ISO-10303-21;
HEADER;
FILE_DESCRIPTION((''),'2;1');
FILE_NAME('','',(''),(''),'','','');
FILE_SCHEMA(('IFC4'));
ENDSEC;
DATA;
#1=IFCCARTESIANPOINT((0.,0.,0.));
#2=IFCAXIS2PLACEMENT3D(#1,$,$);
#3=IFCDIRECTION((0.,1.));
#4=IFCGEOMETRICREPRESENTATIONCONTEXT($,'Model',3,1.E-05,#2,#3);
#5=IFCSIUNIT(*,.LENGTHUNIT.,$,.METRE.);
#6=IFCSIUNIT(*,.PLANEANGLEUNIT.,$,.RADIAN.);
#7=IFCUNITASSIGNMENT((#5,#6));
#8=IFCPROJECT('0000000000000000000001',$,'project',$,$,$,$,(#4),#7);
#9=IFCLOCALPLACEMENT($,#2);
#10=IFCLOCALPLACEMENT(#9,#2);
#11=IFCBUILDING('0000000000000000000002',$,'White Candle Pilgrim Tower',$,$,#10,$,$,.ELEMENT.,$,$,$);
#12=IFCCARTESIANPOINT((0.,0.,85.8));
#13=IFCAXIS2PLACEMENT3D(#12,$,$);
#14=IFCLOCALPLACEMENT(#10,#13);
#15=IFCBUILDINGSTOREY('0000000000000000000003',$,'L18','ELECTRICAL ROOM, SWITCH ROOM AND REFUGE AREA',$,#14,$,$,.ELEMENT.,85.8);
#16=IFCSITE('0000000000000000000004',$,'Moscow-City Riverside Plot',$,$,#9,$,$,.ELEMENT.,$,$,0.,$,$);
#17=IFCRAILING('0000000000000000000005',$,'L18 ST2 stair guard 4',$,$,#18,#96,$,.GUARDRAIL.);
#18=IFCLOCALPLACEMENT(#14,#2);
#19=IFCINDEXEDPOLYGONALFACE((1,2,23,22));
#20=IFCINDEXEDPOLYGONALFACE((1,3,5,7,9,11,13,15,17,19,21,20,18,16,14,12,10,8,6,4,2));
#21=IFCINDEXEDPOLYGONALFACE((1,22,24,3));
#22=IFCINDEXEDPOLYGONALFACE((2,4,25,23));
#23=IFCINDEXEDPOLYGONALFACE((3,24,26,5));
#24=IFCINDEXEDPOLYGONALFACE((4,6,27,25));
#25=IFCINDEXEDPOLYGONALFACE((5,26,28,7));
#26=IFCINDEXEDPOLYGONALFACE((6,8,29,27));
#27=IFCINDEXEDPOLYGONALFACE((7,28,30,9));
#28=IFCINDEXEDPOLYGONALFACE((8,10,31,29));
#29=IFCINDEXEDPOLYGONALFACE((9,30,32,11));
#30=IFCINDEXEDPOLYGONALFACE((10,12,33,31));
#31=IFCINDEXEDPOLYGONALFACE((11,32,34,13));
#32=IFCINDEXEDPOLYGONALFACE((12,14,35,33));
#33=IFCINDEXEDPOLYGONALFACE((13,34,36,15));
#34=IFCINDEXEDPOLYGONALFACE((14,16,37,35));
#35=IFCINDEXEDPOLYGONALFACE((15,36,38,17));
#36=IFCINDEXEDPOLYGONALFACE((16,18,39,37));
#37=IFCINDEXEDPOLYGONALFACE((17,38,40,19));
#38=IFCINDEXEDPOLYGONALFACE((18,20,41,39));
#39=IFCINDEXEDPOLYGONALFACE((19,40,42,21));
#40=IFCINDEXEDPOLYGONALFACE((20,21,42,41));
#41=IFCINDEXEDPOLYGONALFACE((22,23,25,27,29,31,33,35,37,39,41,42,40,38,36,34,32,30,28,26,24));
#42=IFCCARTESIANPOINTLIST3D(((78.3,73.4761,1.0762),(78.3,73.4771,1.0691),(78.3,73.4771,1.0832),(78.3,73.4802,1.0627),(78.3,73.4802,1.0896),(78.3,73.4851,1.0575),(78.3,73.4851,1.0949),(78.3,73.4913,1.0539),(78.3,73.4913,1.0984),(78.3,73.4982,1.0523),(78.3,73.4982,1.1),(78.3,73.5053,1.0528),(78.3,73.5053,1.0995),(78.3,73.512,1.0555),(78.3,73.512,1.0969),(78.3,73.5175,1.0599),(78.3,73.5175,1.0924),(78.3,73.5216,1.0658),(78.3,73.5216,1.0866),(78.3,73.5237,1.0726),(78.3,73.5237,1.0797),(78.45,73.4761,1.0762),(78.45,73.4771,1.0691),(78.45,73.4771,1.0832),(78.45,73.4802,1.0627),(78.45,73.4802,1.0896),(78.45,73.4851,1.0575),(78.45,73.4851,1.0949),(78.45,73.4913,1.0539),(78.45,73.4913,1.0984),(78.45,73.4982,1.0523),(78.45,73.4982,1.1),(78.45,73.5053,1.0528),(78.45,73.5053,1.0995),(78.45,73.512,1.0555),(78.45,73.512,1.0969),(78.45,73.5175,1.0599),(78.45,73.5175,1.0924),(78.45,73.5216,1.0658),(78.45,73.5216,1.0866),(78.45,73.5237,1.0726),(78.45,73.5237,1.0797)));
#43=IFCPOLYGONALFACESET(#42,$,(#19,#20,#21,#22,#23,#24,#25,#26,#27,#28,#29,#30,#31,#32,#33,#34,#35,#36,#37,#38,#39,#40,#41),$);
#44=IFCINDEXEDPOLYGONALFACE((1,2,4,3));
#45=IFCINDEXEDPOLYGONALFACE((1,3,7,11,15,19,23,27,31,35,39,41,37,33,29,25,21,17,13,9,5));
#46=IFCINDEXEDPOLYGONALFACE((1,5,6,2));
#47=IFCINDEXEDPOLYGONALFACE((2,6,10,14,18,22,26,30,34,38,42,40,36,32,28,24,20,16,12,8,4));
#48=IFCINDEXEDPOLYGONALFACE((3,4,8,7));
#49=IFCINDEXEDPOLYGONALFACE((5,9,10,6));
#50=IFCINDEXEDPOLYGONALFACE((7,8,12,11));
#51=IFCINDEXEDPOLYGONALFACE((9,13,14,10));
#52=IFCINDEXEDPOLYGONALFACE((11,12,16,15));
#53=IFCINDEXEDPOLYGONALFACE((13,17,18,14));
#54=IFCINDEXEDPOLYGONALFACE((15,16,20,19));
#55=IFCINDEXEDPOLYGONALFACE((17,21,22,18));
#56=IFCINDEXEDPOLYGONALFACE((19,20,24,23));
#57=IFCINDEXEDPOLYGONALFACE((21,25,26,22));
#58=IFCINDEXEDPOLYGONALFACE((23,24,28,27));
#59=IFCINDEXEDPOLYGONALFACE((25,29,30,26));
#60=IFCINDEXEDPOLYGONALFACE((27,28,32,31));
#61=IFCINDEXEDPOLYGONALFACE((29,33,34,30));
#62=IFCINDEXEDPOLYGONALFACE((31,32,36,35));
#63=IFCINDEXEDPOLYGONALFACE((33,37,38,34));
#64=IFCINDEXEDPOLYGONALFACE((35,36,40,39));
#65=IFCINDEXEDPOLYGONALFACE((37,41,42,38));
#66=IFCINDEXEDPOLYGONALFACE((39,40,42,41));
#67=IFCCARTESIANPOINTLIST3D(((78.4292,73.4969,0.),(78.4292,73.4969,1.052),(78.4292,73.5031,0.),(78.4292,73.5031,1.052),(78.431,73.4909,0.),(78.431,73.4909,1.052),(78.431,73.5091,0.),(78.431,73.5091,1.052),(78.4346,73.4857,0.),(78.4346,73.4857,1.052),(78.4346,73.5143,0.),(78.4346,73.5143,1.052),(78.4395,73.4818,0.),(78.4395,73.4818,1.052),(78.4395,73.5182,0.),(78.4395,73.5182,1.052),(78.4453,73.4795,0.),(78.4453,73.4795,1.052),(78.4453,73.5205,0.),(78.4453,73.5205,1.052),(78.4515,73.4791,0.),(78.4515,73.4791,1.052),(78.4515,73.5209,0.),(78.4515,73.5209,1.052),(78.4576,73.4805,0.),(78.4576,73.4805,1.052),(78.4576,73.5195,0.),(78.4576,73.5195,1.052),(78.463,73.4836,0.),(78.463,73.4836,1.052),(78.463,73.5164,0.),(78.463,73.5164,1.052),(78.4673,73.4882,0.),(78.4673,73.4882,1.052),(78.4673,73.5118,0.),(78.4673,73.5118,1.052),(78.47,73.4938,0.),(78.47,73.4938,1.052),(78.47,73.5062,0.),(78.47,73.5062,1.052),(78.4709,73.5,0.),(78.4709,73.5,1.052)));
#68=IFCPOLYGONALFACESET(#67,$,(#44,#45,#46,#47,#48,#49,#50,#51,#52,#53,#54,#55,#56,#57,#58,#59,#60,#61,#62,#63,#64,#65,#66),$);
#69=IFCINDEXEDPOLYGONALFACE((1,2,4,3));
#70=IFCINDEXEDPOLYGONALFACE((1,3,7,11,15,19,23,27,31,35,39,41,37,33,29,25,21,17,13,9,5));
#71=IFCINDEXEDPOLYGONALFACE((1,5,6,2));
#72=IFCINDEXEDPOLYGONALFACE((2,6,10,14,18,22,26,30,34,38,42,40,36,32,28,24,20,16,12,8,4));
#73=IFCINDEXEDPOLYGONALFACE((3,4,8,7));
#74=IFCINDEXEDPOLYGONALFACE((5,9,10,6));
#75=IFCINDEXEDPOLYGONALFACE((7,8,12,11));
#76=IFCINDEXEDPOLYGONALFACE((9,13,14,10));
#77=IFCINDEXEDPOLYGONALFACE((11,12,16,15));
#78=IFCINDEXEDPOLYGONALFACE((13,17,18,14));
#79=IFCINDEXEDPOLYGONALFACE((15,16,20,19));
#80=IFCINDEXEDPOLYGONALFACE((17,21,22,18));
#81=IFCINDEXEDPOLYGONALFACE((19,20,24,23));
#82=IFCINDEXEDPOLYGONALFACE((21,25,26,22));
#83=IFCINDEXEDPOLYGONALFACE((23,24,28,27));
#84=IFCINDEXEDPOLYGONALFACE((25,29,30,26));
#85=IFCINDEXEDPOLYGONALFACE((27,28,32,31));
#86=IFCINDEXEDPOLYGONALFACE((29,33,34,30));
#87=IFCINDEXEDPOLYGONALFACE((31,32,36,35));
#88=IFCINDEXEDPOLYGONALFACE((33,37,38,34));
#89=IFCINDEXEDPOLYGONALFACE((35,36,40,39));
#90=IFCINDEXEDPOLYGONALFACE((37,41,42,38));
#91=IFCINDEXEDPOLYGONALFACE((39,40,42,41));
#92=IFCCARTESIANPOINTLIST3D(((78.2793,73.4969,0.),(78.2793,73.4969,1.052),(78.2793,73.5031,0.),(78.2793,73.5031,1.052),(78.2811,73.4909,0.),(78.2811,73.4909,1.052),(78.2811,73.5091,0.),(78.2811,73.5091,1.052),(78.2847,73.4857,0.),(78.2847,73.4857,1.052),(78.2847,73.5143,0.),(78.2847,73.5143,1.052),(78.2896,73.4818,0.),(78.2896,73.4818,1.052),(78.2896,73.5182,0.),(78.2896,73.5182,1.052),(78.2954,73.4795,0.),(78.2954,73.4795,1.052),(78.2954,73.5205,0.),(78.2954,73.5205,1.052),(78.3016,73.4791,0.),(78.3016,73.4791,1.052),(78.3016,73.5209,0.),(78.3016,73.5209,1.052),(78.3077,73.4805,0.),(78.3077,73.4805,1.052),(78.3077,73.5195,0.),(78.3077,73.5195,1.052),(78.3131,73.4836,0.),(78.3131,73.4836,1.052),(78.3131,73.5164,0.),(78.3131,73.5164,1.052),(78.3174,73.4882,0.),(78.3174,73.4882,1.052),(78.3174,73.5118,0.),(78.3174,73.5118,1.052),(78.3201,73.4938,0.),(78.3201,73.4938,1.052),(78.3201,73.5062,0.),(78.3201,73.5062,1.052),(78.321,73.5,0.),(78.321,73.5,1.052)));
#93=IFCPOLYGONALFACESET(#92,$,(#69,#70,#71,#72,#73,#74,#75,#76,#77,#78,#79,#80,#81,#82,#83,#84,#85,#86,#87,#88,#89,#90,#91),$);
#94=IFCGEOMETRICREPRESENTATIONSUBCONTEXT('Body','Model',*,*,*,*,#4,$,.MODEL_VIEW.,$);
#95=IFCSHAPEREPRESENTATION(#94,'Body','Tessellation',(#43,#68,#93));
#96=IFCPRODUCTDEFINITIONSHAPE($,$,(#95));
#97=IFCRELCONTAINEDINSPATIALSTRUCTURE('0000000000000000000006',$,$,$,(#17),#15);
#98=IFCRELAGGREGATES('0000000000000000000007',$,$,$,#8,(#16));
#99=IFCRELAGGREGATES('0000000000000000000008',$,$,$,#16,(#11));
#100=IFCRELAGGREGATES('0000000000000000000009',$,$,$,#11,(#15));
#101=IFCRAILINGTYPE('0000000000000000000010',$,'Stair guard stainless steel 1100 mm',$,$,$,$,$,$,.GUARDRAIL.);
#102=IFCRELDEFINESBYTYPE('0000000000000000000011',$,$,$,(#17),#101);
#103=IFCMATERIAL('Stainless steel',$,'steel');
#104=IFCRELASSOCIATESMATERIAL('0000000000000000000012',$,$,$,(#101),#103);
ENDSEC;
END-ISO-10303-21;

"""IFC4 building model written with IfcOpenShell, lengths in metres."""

from ifc_helpers import new_model, si_unit, direction, frame, origin, origin_2d, place, context, subcontext, project, spatial, circle, extrude, material, type_object, element, save


model = new_model("IFC4")

# Units and contexts
model_context = context("Model", 3, precision=1e-05, world=origin(), true_north=direction((0.0, 1.0)))
body_context = subcontext(model_context, "Body", "Model", "MODEL_VIEW")
ifc_project = project(units=[si_unit("LENGTHUNIT", "METRE"), si_unit("PLANEANGLEUNIT", "RADIAN")], contexts=[model_context])

# Site, building, storey
site_placement = place(None, origin())
site = spatial("IfcSite", under=ifc_project, at=site_placement, Name="Moscow-City Riverside Plot", CompositionType="ELEMENT", RefElevation=0.0)
building_placement = place(site_placement, origin())
building = spatial("IfcBuilding", under=site, at=building_placement, Name="White Candle Pilgrim Tower", CompositionType="ELEMENT")
storey_placement = place(building_placement, frame((0.0, 0.0, 85.8)))
storey = spatial("IfcBuildingStorey", under=building, at=storey_placement, Name="L18", Description="ELECTRICAL ROOM, SWITCH ROOM AND REFUGE AREA", CompositionType="ELEMENT", Elevation=85.8)

# Railing
ifc_material_1 = material(Name="Stainless steel", Category="steel")
railing_type_1 = type_object("IfcRailingType", Name="Stair guard stainless steel 1100 mm", PredefinedType="GUARDRAIL", material=ifc_material_1)
railing_1_placement = place(storey_placement, frame((78.45, 73.5, 0.0)))
element("IfcRailing", 1, at=railing_1_placement, inside=storey, type_object=railing_type_1, Name="L18 ST2 stair guard 4", PredefinedType="GUARDRAIL", context=body_context, shape_type="SweptSolid", body=[
    extrude(circle(Radius=0.0239, at=origin_2d()), frame((0.0, 0.0, 1.0762), z_axis=(-1.0, 0.0, 0.0), x_axis=(0.0, -1.0, 0.0)), (0.0, 0.0, 1.0), 0.1499),
    extrude(circle(Radius=0.021, at=origin_2d()), origin(), (0.0, 0.0, 1.0), 1.052),
    extrude(circle(Radius=0.021, at=origin_2d()), frame((-0.1499, 0.0, 0.0)), (0.0, 0.0, 1.0), 1.052),
])

save(model, "model.ifc")
